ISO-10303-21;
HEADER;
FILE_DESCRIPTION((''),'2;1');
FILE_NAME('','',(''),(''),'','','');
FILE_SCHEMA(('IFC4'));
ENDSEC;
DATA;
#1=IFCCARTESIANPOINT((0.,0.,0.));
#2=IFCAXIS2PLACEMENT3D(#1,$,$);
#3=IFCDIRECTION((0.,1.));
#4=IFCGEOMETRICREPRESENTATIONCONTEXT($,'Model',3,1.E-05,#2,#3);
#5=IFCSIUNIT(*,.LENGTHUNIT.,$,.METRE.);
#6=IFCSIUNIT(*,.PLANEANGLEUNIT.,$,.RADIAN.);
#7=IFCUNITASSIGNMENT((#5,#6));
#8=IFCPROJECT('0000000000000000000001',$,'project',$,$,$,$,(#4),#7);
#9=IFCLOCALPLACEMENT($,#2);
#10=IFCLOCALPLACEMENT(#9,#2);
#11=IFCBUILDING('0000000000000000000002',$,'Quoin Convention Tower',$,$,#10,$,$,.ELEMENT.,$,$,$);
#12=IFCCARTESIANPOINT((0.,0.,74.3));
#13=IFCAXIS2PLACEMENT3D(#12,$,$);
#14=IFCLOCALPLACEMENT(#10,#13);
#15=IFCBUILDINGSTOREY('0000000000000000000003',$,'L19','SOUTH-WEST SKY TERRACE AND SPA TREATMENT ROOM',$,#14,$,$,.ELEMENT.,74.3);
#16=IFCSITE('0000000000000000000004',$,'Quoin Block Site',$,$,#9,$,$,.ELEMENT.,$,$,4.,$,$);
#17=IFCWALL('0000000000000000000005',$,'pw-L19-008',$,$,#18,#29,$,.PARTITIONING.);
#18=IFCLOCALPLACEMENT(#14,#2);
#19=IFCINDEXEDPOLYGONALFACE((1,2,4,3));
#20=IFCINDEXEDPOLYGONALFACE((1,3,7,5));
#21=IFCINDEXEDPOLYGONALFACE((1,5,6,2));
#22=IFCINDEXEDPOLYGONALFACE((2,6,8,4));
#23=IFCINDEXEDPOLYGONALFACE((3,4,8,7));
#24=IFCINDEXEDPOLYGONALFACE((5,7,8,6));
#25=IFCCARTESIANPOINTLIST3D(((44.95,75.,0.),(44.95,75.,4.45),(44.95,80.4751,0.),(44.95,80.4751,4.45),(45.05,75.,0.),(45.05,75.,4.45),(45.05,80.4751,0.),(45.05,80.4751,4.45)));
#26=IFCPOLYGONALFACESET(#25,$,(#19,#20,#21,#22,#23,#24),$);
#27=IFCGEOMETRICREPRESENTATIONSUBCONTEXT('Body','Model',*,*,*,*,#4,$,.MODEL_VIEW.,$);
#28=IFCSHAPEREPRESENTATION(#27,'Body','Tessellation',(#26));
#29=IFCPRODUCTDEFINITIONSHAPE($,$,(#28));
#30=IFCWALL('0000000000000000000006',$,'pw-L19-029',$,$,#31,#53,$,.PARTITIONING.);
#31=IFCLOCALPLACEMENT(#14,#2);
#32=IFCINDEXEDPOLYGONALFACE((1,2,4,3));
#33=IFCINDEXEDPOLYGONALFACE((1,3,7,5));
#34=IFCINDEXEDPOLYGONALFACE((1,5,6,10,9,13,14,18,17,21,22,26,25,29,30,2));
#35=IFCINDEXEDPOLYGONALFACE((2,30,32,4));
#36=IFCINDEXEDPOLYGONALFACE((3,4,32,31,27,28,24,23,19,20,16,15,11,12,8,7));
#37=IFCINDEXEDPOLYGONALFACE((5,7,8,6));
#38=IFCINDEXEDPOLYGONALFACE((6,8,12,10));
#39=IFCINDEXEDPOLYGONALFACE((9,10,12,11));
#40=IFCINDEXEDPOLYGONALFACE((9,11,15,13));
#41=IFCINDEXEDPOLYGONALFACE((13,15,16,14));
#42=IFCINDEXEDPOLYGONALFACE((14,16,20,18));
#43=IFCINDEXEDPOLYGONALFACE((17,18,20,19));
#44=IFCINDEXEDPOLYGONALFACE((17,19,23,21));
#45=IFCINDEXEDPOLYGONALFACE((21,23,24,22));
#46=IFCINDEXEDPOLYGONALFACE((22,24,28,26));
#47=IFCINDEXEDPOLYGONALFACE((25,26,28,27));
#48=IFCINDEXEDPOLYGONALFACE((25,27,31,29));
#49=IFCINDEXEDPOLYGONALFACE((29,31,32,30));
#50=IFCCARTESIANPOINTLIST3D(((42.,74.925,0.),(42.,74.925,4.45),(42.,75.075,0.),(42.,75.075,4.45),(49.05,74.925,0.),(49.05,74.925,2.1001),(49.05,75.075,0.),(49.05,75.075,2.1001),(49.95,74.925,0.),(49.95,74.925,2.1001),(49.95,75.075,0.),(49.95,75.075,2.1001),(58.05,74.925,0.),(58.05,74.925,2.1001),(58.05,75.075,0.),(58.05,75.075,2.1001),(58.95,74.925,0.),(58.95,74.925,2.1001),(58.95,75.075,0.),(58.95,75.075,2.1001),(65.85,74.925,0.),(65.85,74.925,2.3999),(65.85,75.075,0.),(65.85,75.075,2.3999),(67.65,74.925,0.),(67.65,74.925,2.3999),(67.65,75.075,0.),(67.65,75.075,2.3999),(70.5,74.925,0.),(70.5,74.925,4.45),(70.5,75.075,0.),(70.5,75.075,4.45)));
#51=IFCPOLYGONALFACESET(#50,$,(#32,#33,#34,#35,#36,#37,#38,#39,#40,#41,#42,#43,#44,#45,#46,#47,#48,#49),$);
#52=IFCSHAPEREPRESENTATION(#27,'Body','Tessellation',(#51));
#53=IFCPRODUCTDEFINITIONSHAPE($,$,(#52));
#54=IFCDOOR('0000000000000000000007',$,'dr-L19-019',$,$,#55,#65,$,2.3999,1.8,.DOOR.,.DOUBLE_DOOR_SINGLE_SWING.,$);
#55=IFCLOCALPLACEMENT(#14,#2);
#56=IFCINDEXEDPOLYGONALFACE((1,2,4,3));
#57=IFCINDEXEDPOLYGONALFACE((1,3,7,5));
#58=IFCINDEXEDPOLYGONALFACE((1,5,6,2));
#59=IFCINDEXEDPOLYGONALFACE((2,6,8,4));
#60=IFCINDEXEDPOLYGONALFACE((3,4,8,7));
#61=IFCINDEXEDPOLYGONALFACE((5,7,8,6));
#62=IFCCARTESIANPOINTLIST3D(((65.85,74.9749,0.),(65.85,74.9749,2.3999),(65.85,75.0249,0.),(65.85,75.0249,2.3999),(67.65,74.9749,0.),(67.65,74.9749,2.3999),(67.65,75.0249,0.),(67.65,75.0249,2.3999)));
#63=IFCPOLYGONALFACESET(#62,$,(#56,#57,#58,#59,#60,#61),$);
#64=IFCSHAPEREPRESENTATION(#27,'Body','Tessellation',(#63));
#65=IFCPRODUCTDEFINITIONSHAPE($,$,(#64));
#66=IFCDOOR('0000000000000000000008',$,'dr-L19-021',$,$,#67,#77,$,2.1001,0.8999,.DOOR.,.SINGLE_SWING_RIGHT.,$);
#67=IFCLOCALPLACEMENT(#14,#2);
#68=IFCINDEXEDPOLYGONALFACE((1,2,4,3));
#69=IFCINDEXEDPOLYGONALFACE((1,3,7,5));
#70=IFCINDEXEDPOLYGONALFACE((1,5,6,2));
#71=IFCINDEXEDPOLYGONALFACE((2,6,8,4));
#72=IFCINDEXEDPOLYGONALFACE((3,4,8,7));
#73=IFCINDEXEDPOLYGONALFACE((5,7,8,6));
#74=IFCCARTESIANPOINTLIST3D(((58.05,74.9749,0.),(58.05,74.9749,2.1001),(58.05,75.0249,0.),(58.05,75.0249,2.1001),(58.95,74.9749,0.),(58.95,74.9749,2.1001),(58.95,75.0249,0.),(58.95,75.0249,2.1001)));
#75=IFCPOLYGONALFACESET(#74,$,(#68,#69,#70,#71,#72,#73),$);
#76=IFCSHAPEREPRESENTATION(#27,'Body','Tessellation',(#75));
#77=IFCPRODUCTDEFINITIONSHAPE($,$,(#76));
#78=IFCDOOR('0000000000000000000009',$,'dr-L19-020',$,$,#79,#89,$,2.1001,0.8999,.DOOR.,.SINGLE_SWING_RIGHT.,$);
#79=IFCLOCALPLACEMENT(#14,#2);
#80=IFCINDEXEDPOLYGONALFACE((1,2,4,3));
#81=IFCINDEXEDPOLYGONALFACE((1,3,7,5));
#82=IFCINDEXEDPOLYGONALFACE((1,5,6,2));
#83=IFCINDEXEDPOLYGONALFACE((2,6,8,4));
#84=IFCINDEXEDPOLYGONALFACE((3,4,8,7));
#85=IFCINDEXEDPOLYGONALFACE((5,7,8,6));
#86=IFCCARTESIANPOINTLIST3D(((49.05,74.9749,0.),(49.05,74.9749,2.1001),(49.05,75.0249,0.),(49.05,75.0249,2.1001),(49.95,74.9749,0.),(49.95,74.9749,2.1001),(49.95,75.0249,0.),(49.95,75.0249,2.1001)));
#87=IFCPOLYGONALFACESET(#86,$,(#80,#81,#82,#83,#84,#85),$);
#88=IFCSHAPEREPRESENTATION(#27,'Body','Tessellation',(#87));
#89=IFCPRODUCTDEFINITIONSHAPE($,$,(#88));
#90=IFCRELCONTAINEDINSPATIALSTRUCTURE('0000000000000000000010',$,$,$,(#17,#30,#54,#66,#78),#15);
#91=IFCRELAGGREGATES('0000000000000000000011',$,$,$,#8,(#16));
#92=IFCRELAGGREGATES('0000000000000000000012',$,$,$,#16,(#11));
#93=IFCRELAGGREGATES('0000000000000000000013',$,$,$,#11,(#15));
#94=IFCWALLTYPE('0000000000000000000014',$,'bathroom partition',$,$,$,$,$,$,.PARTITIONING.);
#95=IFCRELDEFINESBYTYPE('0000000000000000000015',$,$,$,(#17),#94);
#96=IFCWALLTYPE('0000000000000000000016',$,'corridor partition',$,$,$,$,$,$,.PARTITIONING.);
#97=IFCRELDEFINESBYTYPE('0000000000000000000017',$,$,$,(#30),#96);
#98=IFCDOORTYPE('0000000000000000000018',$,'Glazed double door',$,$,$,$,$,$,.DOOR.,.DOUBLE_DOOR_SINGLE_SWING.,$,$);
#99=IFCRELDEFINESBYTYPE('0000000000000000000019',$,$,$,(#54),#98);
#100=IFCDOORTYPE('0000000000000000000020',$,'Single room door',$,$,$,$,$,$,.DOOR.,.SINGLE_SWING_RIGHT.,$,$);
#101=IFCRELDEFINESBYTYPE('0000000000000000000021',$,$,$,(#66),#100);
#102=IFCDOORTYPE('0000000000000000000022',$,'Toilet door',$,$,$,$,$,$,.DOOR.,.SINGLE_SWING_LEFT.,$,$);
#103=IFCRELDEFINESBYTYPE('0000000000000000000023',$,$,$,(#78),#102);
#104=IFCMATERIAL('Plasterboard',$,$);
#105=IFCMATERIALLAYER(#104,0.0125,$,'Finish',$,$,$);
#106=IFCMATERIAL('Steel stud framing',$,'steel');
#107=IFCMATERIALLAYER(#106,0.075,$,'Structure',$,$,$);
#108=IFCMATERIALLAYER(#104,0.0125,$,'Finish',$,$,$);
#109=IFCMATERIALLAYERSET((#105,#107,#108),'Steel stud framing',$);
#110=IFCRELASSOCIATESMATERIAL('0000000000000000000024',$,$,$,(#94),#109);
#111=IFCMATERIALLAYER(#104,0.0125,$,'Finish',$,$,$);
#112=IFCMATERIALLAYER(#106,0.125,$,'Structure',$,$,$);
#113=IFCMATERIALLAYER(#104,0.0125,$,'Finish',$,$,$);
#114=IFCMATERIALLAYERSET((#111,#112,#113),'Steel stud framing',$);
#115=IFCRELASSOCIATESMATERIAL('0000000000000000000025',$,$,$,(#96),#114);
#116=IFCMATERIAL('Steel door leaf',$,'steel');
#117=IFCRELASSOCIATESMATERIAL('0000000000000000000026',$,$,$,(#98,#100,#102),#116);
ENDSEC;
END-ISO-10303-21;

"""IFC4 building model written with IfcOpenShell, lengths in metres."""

from ifc_helpers import new_model, si_unit, direction, frame, frame_2d, origin, place, context, subcontext, project, spatial, rectangle, extrude, material, layer, layer_set, type_object, element, fill, save


model = new_model("IFC4")

# Units and contexts
model_context = context("Model", 3, precision=1e-05, world=origin(), true_north=direction((0.0, 1.0)))
body_context = subcontext(model_context, "Body", "Model", "MODEL_VIEW")
ifc_project = project(units=[si_unit("LENGTHUNIT", "METRE"), si_unit("PLANEANGLEUNIT", "RADIAN")], contexts=[model_context])

# Site, building, storey
site_placement = place(None, origin())
site = spatial("IfcSite", under=ifc_project, at=site_placement, Name="Quoin Block Site", CompositionType="ELEMENT", RefElevation=4.0)
building_placement = place(site_placement, origin())
building = spatial("IfcBuilding", under=site, at=building_placement, Name="Quoin Convention Tower", CompositionType="ELEMENT")
storey_placement = place(building_placement, frame((0.0, 0.0, 74.3)))
storey = spatial("IfcBuildingStorey", under=building, at=storey_placement, Name="L19", Description="SOUTH-WEST SKY TERRACE AND SPA TREATMENT ROOM", CompositionType="ELEMENT", Elevation=74.3)

# Wall
ifc_material_1 = material(Name="Plasterboard")
ifc_layer_1 = layer(ifc_material_1, 0.0125, Name="Finish")
ifc_material_2 = material(Name="Steel stud framing", Category="steel")
ifc_layer_2 = layer(ifc_material_2, 0.075, Name="Structure")
ifc_layer_3 = layer(ifc_material_1, 0.0125, Name="Finish")
ifc_layer_set_1 = layer_set([ifc_layer_1, ifc_layer_2, ifc_layer_3], Name="Steel stud framing")
wall_type_1 = type_object("IfcWallType", Name="bathroom partition", PredefinedType="PARTITIONING", material=ifc_layer_set_1)
for number, where, z_axis, x_axis, name in (
    (1, (45.0, 75.0, 0.0), (0.0, 0.0, 1.0), (0.0, 1.0, 0.0), "pw-L19-008"),
):
    element("IfcWall", number, at=place(storey_placement, frame(where, z_axis=z_axis, x_axis=x_axis)), inside=storey, type_object=wall_type_1, Name=name, PredefinedType="PARTITIONING", context=body_context, shape_type="SweptSolid", body=[
        extrude(rectangle(XDim=5.4751, YDim=0.1001, at=frame_2d((2.7375, 0.0))), origin(), (0.0, 0.0, 1.0), 4.45),
    ])

# Wall, openings, doors
ifc_layer_4 = layer(ifc_material_1, 0.0125, Name="Finish")
ifc_layer_5 = layer(ifc_material_2, 0.125, Name="Structure")
ifc_layer_6 = layer(ifc_material_1, 0.0125, Name="Finish")
ifc_layer_set_2 = layer_set([ifc_layer_4, ifc_layer_5, ifc_layer_6], Name="Steel stud framing")
wall_type_2 = type_object("IfcWallType", Name="corridor partition", PredefinedType="PARTITIONING", material=ifc_layer_set_2)
wall_1_placement = place(storey_placement, frame((42.0, 75.0, 0.0), z_axis=(0.0, 0.0, 1.0), x_axis=(1.0, 0.0, 0.0)))
wall_1 = element("IfcWall", 2, at=wall_1_placement, inside=storey, type_object=wall_type_2, Name="pw-L19-029", PredefinedType="PARTITIONING", context=body_context, shape_type="SweptSolid", body=[
    extrude(rectangle(XDim=28.5, YDim=0.1499, at=frame_2d((14.25, 0.0))), origin(), (0.0, 0.0, 1.0), 4.45),
])
opening_1_placement = place(wall_1_placement, frame((23.8501, 0.0, 0.0)))
opening_1 = element("IfcOpeningElement", 3, at=opening_1_placement, cuts=wall_1, PredefinedType="OPENING", context=body_context, shape_type="SweptSolid", body=[
    extrude(rectangle(XDim=1.8, YDim=2.3999, at=frame_2d((0.8999, 1.2))), frame((0.0, 0.085, 0.0), z_axis=(0.0, -1.0, 0.0), x_axis=(1.0, 0.0, 0.0)), (0.0, 0.0, 1.0), 0.1699),
])
opening_2_placement = place(wall_1_placement, frame((7.05, 0.0, 0.0)))
opening_2 = element("IfcOpeningElement", 4, at=opening_2_placement, cuts=wall_1, PredefinedType="OPENING", context=body_context, shape_type="SweptSolid", body=[
    extrude(rectangle(XDim=0.8999, YDim=2.1001, at=frame_2d((0.45, 1.05))), frame((0.0, 0.085, 0.0), z_axis=(0.0, -1.0, 0.0), x_axis=(1.0, 0.0, 0.0)), (0.0, 0.0, 1.0), 0.1699),
])
opening_3_placement = place(wall_1_placement, frame((16.05, 0.0, 0.0)))
opening_3 = element("IfcOpeningElement", 5, at=opening_3_placement, cuts=wall_1, PredefinedType="OPENING", context=body_context, shape_type="SweptSolid", body=[
    extrude(rectangle(XDim=0.8999, YDim=2.1001, at=frame_2d((0.45, 1.05))), frame((0.0, 0.085, 0.0), z_axis=(0.0, -1.0, 0.0), x_axis=(1.0, 0.0, 0.0)), (0.0, 0.0, 1.0), 0.1699),
])
ifc_material_3 = material(Name="Steel door leaf", Category="steel")
door_type_1 = type_object("IfcDoorType", Name="Glazed double door", OperationType="DOUBLE_DOOR_SINGLE_SWING", PredefinedType="DOOR", material=ifc_material_3)
door_1_placement = place(opening_1_placement, origin())
door_1 = element("IfcDoor", 6, at=door_1_placement, inside=storey, type_object=door_type_1, Name="dr-L19-019", OperationType="DOUBLE_DOOR_SINGLE_SWING", OverallHeight=2.3999, OverallWidth=1.8, PredefinedType="DOOR", context=body_context, shape_type="SweptSolid", body=[
    extrude(rectangle(XDim=1.8, YDim=2.3999, at=frame_2d((0.8999, 1.2))), frame((0.0, 0.0249, 0.0), z_axis=(0.0, -1.0, 0.0), x_axis=(1.0, 0.0, 0.0)), (0.0, 0.0, 1.0), 0.05),
])
fill(opening_1, door_1)
door_type_2 = type_object("IfcDoorType", Name="Single room door", OperationType="SINGLE_SWING_RIGHT", PredefinedType="DOOR", material=ifc_material_3)
door_2_placement = place(opening_3_placement, origin())
door_2 = element("IfcDoor", 7, at=door_2_placement, inside=storey, type_object=door_type_2, Name="dr-L19-021", OperationType="SINGLE_SWING_RIGHT", OverallHeight=2.1001, OverallWidth=0.8999, PredefinedType="DOOR", context=body_context, shape_type="SweptSolid", body=[
    extrude(rectangle(XDim=0.8999, YDim=2.1001, at=frame_2d((0.45, 1.05))), frame((0.0, 0.0249, 0.0), z_axis=(0.0, -1.0, 0.0), x_axis=(1.0, 0.0, 0.0)), (0.0, 0.0, 1.0), 0.05),
])
fill(opening_3, door_2)
door_type_3 = type_object("IfcDoorType", Name="Toilet door", OperationType="SINGLE_SWING_LEFT", PredefinedType="DOOR", material=ifc_material_3)
door_3_placement = place(opening_2_placement, origin())
door_3 = element("IfcDoor", 8, at=door_3_placement, inside=storey, type_object=door_type_3, Name="dr-L19-020", OperationType="SINGLE_SWING_RIGHT", OverallHeight=2.1001, OverallWidth=0.8999, PredefinedType="DOOR", context=body_context, shape_type="SweptSolid", body=[
    extrude(rectangle(XDim=0.8999, YDim=2.1001, at=frame_2d((0.45, 1.05))), frame((0.0, 0.0249, 0.0), z_axis=(0.0, -1.0, 0.0), x_axis=(1.0, 0.0, 0.0)), (0.0, 0.0, 1.0), 0.05),
])
fill(opening_2, door_3)

save(model, "model.ifc")
